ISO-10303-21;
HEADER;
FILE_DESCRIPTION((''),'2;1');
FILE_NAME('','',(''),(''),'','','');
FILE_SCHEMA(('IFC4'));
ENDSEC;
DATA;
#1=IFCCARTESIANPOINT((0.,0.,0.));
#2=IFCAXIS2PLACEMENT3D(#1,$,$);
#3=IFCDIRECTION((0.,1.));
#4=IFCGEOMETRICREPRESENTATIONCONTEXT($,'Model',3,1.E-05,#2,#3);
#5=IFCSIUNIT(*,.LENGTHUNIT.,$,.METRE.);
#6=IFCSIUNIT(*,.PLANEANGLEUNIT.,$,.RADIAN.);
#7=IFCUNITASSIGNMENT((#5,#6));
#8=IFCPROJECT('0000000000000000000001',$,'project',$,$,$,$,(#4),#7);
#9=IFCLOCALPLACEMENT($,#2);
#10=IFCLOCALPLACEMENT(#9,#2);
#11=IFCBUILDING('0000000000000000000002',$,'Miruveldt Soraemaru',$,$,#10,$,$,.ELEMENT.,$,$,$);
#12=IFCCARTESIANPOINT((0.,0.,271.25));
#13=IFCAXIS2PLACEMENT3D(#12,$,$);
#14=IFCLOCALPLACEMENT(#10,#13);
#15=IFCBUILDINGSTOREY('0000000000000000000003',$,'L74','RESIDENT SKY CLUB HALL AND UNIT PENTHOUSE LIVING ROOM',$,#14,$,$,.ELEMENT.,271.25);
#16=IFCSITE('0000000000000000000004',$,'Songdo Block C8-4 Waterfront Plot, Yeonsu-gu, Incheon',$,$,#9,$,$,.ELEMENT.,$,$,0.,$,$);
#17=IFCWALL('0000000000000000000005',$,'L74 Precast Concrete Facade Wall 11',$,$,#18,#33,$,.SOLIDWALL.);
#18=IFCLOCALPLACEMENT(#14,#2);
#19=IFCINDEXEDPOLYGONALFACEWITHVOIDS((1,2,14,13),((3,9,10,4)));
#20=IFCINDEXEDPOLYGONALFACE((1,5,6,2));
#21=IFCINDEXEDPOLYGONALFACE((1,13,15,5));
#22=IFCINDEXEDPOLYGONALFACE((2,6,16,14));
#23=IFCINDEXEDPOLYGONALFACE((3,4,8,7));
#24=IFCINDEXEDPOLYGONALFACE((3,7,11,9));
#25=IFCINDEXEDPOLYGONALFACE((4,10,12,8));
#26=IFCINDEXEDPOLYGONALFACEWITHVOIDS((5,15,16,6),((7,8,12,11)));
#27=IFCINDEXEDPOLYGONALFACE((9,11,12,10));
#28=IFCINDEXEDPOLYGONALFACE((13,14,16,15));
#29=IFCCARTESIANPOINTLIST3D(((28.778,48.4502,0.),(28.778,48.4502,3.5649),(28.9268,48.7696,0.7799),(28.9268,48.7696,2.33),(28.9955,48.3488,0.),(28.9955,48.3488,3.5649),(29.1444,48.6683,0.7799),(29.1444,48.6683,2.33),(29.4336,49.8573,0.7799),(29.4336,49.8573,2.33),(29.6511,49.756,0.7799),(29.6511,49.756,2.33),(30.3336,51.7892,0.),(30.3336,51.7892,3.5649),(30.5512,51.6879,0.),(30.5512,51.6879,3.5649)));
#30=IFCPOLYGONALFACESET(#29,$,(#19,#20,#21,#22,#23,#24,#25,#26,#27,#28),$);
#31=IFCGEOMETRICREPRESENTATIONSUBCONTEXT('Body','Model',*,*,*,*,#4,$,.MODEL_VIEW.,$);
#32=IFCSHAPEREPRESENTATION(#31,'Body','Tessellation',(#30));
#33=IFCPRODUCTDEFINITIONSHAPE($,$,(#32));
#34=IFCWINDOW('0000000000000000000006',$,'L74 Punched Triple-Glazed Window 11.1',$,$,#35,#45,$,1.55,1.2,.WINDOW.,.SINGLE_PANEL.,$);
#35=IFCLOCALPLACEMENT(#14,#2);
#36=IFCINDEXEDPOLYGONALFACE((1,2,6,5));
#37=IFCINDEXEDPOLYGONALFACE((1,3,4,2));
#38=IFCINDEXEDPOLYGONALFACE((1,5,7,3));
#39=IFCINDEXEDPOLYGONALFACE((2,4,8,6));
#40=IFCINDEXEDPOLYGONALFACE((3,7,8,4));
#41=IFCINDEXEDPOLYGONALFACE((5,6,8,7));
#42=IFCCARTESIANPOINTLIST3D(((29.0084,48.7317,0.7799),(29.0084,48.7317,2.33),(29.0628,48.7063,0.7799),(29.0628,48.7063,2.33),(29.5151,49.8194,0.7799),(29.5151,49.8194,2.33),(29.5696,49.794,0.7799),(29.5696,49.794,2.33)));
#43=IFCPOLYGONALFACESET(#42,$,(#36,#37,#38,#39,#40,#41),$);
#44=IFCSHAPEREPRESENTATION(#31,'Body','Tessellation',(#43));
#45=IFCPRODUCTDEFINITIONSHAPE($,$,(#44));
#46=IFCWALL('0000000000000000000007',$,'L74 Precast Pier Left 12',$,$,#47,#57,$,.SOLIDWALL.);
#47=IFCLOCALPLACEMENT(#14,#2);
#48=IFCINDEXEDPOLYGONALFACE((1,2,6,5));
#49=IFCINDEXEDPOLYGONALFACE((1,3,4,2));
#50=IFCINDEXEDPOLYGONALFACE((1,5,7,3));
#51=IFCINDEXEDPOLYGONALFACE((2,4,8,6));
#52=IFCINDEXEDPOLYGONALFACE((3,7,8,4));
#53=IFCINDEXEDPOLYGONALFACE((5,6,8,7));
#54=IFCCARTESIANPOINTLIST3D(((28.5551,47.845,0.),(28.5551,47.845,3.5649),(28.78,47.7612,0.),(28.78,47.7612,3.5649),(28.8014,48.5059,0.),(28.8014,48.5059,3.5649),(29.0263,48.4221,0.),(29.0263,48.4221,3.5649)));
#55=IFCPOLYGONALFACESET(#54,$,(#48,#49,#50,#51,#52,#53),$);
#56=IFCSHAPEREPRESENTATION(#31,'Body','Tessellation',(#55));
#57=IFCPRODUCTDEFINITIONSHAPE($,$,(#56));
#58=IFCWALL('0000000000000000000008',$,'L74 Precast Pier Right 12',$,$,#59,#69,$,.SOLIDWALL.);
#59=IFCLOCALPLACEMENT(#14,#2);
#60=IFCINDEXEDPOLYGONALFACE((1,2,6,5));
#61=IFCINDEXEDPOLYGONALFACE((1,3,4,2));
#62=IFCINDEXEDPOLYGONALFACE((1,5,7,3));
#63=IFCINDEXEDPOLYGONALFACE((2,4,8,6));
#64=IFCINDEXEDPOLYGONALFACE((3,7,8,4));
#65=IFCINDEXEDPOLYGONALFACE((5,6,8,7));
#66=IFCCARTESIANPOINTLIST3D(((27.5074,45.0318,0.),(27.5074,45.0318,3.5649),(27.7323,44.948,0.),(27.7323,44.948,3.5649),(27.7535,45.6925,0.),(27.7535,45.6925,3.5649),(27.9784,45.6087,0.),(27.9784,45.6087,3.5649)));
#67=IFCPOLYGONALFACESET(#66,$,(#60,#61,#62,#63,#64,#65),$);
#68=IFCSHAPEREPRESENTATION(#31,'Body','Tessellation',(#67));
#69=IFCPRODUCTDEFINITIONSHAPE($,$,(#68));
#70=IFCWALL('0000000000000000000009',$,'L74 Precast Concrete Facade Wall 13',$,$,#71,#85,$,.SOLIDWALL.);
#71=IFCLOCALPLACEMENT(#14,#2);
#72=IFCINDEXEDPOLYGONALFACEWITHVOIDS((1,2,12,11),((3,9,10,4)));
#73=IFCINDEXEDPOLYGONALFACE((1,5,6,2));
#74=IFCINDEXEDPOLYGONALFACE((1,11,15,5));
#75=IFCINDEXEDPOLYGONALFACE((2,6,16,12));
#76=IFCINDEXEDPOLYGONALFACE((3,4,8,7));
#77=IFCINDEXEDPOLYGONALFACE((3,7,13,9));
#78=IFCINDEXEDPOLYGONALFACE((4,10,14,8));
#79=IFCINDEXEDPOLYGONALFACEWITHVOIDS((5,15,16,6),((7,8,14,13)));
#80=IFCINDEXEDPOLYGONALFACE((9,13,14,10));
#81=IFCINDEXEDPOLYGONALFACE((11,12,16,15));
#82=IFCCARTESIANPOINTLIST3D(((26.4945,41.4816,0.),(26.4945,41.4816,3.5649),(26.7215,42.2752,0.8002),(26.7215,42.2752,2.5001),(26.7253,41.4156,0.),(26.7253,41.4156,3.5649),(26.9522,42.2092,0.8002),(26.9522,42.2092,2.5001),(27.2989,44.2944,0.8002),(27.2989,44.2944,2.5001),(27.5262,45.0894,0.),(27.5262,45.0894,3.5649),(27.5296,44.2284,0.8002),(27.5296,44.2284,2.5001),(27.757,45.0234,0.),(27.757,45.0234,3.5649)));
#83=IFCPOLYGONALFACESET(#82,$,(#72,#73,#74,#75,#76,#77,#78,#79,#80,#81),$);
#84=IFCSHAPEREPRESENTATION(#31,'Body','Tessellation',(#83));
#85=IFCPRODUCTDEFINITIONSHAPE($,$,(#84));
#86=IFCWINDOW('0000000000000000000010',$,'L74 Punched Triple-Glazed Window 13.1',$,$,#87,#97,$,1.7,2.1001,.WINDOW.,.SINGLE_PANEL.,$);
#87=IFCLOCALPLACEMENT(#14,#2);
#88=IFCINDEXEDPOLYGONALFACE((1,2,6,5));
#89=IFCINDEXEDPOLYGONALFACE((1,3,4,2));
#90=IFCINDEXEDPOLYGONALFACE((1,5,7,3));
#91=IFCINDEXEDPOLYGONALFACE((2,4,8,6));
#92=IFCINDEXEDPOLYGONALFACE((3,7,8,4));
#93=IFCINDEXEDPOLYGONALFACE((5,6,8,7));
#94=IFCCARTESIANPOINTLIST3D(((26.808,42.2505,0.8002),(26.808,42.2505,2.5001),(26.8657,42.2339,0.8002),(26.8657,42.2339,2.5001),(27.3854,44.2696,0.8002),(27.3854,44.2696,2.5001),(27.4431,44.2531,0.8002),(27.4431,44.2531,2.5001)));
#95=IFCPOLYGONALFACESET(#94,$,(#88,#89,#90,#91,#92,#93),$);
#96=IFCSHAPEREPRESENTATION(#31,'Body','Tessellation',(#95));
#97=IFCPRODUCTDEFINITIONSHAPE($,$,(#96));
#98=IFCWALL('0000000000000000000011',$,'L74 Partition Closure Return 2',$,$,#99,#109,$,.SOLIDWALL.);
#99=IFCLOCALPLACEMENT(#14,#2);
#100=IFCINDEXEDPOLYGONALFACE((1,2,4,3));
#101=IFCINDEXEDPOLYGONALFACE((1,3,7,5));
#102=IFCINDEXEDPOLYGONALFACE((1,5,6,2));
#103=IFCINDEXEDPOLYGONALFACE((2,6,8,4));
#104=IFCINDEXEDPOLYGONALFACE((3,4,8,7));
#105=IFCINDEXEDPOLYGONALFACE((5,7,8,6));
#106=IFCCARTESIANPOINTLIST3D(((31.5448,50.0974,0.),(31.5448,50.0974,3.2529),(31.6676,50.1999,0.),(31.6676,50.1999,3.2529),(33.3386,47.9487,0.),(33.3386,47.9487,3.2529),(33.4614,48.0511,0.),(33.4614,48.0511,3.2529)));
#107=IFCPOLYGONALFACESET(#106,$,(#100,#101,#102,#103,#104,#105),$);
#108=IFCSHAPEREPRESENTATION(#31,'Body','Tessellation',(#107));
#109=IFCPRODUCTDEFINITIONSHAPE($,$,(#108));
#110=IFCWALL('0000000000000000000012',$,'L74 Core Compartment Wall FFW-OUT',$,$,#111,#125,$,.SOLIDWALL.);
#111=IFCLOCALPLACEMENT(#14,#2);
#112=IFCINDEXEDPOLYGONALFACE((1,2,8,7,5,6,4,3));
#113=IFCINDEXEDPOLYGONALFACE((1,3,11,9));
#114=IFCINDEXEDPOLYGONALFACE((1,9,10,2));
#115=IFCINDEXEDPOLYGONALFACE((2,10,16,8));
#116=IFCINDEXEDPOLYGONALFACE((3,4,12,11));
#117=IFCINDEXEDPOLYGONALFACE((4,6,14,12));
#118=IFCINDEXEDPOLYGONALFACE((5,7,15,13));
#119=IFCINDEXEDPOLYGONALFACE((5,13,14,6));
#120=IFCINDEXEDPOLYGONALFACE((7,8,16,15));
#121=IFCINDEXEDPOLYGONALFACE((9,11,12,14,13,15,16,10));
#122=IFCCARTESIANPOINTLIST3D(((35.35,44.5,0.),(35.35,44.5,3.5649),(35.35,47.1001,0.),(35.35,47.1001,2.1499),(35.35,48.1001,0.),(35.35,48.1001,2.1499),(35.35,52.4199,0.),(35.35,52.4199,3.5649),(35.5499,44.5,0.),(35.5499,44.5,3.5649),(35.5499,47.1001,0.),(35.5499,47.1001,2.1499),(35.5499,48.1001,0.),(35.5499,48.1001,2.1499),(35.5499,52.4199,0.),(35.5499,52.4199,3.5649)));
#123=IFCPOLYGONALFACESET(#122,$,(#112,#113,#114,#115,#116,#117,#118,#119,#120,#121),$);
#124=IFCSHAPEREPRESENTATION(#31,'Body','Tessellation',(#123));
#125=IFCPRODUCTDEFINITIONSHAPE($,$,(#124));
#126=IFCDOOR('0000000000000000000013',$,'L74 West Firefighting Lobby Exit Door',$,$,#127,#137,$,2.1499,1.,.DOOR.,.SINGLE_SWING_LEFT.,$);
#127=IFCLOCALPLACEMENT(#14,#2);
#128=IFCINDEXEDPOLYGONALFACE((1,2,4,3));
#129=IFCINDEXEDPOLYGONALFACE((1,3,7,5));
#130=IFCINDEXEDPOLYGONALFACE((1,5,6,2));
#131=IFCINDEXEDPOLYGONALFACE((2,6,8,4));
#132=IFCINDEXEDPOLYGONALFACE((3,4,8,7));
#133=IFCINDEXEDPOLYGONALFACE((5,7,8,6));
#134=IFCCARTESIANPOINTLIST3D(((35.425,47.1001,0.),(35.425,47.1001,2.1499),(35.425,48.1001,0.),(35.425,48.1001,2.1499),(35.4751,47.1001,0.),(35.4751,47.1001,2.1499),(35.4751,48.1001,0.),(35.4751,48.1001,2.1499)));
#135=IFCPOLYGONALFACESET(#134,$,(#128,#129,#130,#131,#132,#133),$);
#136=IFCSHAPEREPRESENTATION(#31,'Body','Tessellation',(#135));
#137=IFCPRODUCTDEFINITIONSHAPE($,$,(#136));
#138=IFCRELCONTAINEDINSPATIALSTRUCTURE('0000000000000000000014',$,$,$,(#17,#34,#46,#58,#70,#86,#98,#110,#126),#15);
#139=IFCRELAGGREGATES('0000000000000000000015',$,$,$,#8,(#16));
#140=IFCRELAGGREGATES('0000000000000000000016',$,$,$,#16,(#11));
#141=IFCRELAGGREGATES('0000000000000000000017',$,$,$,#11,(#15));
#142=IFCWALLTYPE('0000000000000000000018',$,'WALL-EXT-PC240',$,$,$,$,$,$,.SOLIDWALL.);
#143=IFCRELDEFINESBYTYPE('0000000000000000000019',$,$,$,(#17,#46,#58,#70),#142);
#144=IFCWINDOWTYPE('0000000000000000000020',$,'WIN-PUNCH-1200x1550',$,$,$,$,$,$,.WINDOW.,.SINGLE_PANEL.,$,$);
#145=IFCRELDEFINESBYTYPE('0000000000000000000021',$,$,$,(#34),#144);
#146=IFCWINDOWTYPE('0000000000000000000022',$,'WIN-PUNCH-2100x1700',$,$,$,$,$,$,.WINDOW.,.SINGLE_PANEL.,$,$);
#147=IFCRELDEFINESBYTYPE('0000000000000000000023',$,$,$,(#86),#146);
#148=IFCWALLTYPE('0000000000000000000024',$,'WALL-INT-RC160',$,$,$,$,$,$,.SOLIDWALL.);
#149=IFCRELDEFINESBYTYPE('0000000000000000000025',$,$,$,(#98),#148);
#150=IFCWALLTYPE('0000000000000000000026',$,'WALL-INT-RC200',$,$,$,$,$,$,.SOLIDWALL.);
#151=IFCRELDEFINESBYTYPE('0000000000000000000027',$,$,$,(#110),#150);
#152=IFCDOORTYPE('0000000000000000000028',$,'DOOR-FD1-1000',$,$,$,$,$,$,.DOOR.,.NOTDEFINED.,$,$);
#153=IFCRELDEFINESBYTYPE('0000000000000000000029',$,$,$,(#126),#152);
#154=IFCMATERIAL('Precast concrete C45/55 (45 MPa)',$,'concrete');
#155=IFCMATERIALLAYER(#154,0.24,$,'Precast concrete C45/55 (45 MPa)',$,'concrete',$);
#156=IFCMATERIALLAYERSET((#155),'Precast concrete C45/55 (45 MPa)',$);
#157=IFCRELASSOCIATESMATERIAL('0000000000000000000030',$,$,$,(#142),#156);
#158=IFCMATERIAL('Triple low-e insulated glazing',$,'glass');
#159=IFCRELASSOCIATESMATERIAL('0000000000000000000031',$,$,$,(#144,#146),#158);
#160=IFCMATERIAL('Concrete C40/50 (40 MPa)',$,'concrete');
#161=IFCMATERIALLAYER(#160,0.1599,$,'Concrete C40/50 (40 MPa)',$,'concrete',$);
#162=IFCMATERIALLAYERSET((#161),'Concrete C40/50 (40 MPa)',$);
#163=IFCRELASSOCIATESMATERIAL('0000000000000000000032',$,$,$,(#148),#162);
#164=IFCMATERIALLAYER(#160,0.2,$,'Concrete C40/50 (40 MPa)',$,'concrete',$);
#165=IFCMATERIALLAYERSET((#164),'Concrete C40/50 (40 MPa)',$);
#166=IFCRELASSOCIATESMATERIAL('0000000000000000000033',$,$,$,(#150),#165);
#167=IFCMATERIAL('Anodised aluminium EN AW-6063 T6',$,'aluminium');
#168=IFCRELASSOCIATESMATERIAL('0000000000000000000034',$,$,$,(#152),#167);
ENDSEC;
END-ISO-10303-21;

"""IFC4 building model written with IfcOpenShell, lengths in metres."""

from ifc_helpers import new_model, si_unit, direction, frame, frame_2d, origin, place, context, subcontext, project, spatial, rectangle, extrude, material, layer, layer_set, type_object, element, fill, save


model = new_model("IFC4")

# Units and contexts
model_context = context("Model", 3, precision=1e-05, world=origin(), true_north=direction((0.0, 1.0)))
body_context = subcontext(model_context, "Body", "Model", "MODEL_VIEW")
ifc_project = project(units=[si_unit("LENGTHUNIT", "METRE"), si_unit("PLANEANGLEUNIT", "RADIAN")], contexts=[model_context])

# Site, building, storey
site_placement = place(None, origin())
site = spatial("IfcSite", under=ifc_project, at=site_placement, Name="Songdo Block C8-4 Waterfront Plot, Yeonsu-gu, Incheon", CompositionType="ELEMENT", RefElevation=0.0)
building_placement = place(site_placement, origin())
building = spatial("IfcBuilding", under=site, at=building_placement, Name="Miruveldt Soraemaru", CompositionType="ELEMENT")
storey_placement = place(building_placement, frame((0.0, 0.0, 271.25)))
storey = spatial("IfcBuildingStorey", under=building, at=storey_placement, Name="L74", Description="RESIDENT SKY CLUB HALL AND UNIT PENTHOUSE LIVING ROOM", CompositionType="ELEMENT", Elevation=271.25)

# Shared definitions
ifc_material_1 = material(Name="Anodised aluminium EN AW-6063 T6", Category="aluminium")
ifc_material_2 = material(Name="Triple low-e insulated glazing", Category="glass")

# Wall, opening, window
ifc_material_3 = material(Name="Precast concrete C45/55 (45 MPa)", Category="concrete")
ifc_layer_1 = layer(ifc_material_3, 0.24, Name="Precast concrete C45/55 (45 MPa)", Category="concrete")
ifc_layer_set_1 = layer_set([ifc_layer_1], Name="Precast concrete C45/55 (45 MPa)")
wall_type_1 = type_object("IfcWallType", Name="WALL-EXT-PC240", PredefinedType="SOLIDWALL", material=ifc_layer_set_1)
wall_1_placement = place(storey_placement, frame((30.4424, 51.7385, 0.0), z_axis=(0.0, 0.0, 1.0), x_axis=(-0.422308, -0.906452, 0.0)))
wall_1 = element("IfcWall", 1, at=wall_1_placement, inside=storey, type_object=wall_type_1, Name="L74 Precast Concrete Facade Wall 11", PredefinedType="SOLIDWALL", context=body_context, shape_type="SweptSolid", body=[
    extrude(rectangle(XDim=3.6836, YDim=0.24, at=frame_2d((1.8418, 0.0))), origin(), (0.0, 0.0, 1.0), 3.5649),
])
opening_1_placement = place(wall_1_placement, frame((2.1311, 0.0, 0.78)))
opening_1 = element("IfcOpeningElement", 2, at=opening_1_placement, cuts=wall_1, PredefinedType="OPENING", context=body_context, shape_type="SweptSolid", body=[
    extrude(rectangle(XDim=1.2, YDim=1.55, at=frame_2d((0.6001, 0.7749))), frame((0.0, 0.1299, 0.0), z_axis=(0.0, -1.0, 0.0), x_axis=(1.0, 0.0, 0.0)), (0.0, 0.0, 1.0), 0.26),
])
window_type_1 = type_object("IfcWindowType", Name="WIN-PUNCH-1200x1550", PartitioningType="SINGLE_PANEL", PredefinedType="WINDOW", material=ifc_material_2)
window_1_placement = place(opening_1_placement, origin())
window_1 = element("IfcWindow", 3, at=window_1_placement, inside=storey, type_object=window_type_1, Name="L74 Punched Triple-Glazed Window 11.1", OverallHeight=1.55, OverallWidth=1.2, PartitioningType="SINGLE_PANEL", PredefinedType="WINDOW", context=body_context, shape_type="SweptSolid", body=[
    extrude(rectangle(XDim=1.2, YDim=1.55, at=frame_2d((0.6001, 0.7749))), frame((0.0, 0.03, 0.0), z_axis=(0.0, -1.0, 0.0), x_axis=(1.0, 0.0, 0.0)), (0.0, 0.0, 1.0), 0.0601),
])
fill(opening_1, window_1)

# Walls
wall_2_placement = place(storey_placement, frame((28.9138, 48.4639, 0.0), z_axis=(0.0, 0.0, 1.0), x_axis=(-0.349264, -0.937024, 0.0)))
element("IfcWall", 4, at=wall_2_placement, inside=storey, type_object=wall_type_1, Name="L74 Precast Pier Left 12", PredefinedType="SOLIDWALL", context=body_context, shape_type="SweptSolid", body=[
    extrude(rectangle(XDim=0.7053, YDim=0.24, at=frame_2d((0.3525, 0.0))), origin(), (0.0, 0.0, 1.0), 3.5649),
])
wall_3_placement = place(storey_placement, frame((27.866, 45.6506, 0.0), z_axis=(0.0, 0.0, 1.0), x_axis=(-0.349073, -0.937095, 0.0)))
element("IfcWall", 5, at=wall_3_placement, inside=storey, type_object=wall_type_1, Name="L74 Precast Pier Right 12", PredefinedType="SOLIDWALL", context=body_context, shape_type="SweptSolid", body=[
    extrude(rectangle(XDim=0.7051, YDim=0.24, at=frame_2d((0.3525, 0.0))), origin(), (0.0, 0.0, 1.0), 3.5649),
])

# Wall, opening, window
wall_4_placement = place(storey_placement, frame((27.6416, 45.0564, 0.0), z_axis=(0.0, 0.0, 1.0), x_axis=(-0.274945, -0.96146, 0.0)))
wall_4 = element("IfcWall", 6, at=wall_4_placement, inside=storey, type_object=wall_type_1, Name="L74 Precast Concrete Facade Wall 13", PredefinedType="SOLIDWALL", context=body_context, shape_type="SweptSolid", body=[
    extrude(rectangle(XDim=3.7524, YDim=0.24, at=frame_2d((1.8762, 0.0))), origin(), (0.0, 0.0, 1.0), 3.5649),
])
opening_2_placement = place(wall_4_placement, frame((0.8269, 0.0, 0.8)))
opening_2 = element("IfcOpeningElement", 7, at=opening_2_placement, cuts=wall_4, PredefinedType="OPENING", context=body_context, shape_type="SweptSolid", body=[
    extrude(rectangle(XDim=2.1001, YDim=1.7, at=frame_2d((1.05, 0.8501))), frame((0.0, 0.1299, 0.0), z_axis=(0.0, -1.0, 0.0), x_axis=(1.0, 0.0, 0.0)), (0.0, 0.0, 1.0), 0.26),
])
window_type_2 = type_object("IfcWindowType", Name="WIN-PUNCH-2100x1700", PartitioningType="SINGLE_PANEL", PredefinedType="WINDOW", material=ifc_material_2)
window_2_placement = place(opening_2_placement, origin())
window_2 = element("IfcWindow", 8, at=window_2_placement, inside=storey, type_object=window_type_2, Name="L74 Punched Triple-Glazed Window 13.1", OverallHeight=1.7, OverallWidth=2.1001, PartitioningType="SINGLE_PANEL", PredefinedType="WINDOW", context=body_context, shape_type="SweptSolid", body=[
    extrude(rectangle(XDim=2.1001, YDim=1.7, at=frame_2d((1.05, 0.8501))), frame((0.0, 0.03, 0.0), z_axis=(0.0, -1.0, 0.0), x_axis=(1.0, 0.0, 0.0)), (0.0, 0.0, 1.0), 0.0601),
])
fill(opening_2, window_2)

# Wall
ifc_material_4 = material(Name="Concrete C40/50 (40 MPa)", Category="concrete")
ifc_layer_2 = layer(ifc_material_4, 0.1599, Name="Concrete C40/50 (40 MPa)", Category="concrete")
ifc_layer_set_2 = layer_set([ifc_layer_2], Name="Concrete C40/50 (40 MPa)")
wall_type_2 = type_object("IfcWallType", Name="WALL-INT-RC160", PredefinedType="SOLIDWALL", material=ifc_layer_set_2)
wall_5_placement = place(storey_placement, frame((33.3999, 48.0, 0.0), z_axis=(0.0, 0.0, 1.0), x_axis=(-0.640845, 0.76767, 0.0)))
element("IfcWall", 9, at=wall_5_placement, inside=storey, type_object=wall_type_2, Name="L74 Partition Closure Return 2", PredefinedType="SOLIDWALL", context=body_context, shape_type="SweptSolid", body=[
    extrude(rectangle(XDim=2.7991, YDim=0.1599, at=frame_2d((1.3994, 0.0))), origin(), (0.0, 0.0, 1.0), 3.2529),
])

# Wall, opening, door
ifc_layer_3 = layer(ifc_material_4, 0.2, Name="Concrete C40/50 (40 MPa)", Category="concrete")
ifc_layer_set_3 = layer_set([ifc_layer_3], Name="Concrete C40/50 (40 MPa)")
wall_type_3 = type_object("IfcWallType", Name="WALL-INT-RC200", PredefinedType="SOLIDWALL", material=ifc_layer_set_3)
wall_6_placement = place(storey_placement, frame((35.45, 44.5, 0.0), z_axis=(0.0, 0.0, 1.0), x_axis=(0.0, 1.0, 0.0)))
wall_6 = element("IfcWall", 10, at=wall_6_placement, inside=storey, type_object=wall_type_3, Name="L74 Core Compartment Wall FFW-OUT", PredefinedType="SOLIDWALL", context=body_context, shape_type="SweptSolid", body=[
    extrude(rectangle(XDim=7.9199, YDim=0.2, at=frame_2d((3.96, 0.0))), origin(), (0.0, 0.0, 1.0), 3.5649),
])
opening_3_placement = place(wall_6_placement, frame((2.6001, 0.0, 0.0)))
opening_3 = element("IfcOpeningElement", 11, at=opening_3_placement, cuts=wall_6, PredefinedType="OPENING", context=body_context, shape_type="SweptSolid", body=[
    extrude(rectangle(XDim=1.0, YDim=2.1499, at=frame_2d((0.5, 1.075))), frame((0.0, 0.1099, 0.0), z_axis=(0.0, -1.0, 0.0), x_axis=(1.0, 0.0, 0.0)), (0.0, 0.0, 1.0), 0.22),
])
door_type_1 = type_object("IfcDoorType", Name="DOOR-FD1-1000", OperationType="NOTDEFINED", PredefinedType="DOOR", material=ifc_material_1)
door_1_placement = place(opening_3_placement, origin())
door_1 = element("IfcDoor", 12, at=door_1_placement, inside=storey, type_object=door_type_1, Name="L74 West Firefighting Lobby Exit Door", OperationType="SINGLE_SWING_LEFT", OverallHeight=2.1499, OverallWidth=1.0, PredefinedType="DOOR", context=body_context, shape_type="SweptSolid", body=[
    extrude(rectangle(XDim=1.0, YDim=2.1499, at=frame_2d((0.5, 1.075))), frame((0.0, 0.0249, 0.0), z_axis=(0.0, -1.0, 0.0), x_axis=(1.0, 0.0, 0.0)), (0.0, 0.0, 1.0), 0.05),
])
fill(opening_3, door_1)

save(model, "model.ifc")
